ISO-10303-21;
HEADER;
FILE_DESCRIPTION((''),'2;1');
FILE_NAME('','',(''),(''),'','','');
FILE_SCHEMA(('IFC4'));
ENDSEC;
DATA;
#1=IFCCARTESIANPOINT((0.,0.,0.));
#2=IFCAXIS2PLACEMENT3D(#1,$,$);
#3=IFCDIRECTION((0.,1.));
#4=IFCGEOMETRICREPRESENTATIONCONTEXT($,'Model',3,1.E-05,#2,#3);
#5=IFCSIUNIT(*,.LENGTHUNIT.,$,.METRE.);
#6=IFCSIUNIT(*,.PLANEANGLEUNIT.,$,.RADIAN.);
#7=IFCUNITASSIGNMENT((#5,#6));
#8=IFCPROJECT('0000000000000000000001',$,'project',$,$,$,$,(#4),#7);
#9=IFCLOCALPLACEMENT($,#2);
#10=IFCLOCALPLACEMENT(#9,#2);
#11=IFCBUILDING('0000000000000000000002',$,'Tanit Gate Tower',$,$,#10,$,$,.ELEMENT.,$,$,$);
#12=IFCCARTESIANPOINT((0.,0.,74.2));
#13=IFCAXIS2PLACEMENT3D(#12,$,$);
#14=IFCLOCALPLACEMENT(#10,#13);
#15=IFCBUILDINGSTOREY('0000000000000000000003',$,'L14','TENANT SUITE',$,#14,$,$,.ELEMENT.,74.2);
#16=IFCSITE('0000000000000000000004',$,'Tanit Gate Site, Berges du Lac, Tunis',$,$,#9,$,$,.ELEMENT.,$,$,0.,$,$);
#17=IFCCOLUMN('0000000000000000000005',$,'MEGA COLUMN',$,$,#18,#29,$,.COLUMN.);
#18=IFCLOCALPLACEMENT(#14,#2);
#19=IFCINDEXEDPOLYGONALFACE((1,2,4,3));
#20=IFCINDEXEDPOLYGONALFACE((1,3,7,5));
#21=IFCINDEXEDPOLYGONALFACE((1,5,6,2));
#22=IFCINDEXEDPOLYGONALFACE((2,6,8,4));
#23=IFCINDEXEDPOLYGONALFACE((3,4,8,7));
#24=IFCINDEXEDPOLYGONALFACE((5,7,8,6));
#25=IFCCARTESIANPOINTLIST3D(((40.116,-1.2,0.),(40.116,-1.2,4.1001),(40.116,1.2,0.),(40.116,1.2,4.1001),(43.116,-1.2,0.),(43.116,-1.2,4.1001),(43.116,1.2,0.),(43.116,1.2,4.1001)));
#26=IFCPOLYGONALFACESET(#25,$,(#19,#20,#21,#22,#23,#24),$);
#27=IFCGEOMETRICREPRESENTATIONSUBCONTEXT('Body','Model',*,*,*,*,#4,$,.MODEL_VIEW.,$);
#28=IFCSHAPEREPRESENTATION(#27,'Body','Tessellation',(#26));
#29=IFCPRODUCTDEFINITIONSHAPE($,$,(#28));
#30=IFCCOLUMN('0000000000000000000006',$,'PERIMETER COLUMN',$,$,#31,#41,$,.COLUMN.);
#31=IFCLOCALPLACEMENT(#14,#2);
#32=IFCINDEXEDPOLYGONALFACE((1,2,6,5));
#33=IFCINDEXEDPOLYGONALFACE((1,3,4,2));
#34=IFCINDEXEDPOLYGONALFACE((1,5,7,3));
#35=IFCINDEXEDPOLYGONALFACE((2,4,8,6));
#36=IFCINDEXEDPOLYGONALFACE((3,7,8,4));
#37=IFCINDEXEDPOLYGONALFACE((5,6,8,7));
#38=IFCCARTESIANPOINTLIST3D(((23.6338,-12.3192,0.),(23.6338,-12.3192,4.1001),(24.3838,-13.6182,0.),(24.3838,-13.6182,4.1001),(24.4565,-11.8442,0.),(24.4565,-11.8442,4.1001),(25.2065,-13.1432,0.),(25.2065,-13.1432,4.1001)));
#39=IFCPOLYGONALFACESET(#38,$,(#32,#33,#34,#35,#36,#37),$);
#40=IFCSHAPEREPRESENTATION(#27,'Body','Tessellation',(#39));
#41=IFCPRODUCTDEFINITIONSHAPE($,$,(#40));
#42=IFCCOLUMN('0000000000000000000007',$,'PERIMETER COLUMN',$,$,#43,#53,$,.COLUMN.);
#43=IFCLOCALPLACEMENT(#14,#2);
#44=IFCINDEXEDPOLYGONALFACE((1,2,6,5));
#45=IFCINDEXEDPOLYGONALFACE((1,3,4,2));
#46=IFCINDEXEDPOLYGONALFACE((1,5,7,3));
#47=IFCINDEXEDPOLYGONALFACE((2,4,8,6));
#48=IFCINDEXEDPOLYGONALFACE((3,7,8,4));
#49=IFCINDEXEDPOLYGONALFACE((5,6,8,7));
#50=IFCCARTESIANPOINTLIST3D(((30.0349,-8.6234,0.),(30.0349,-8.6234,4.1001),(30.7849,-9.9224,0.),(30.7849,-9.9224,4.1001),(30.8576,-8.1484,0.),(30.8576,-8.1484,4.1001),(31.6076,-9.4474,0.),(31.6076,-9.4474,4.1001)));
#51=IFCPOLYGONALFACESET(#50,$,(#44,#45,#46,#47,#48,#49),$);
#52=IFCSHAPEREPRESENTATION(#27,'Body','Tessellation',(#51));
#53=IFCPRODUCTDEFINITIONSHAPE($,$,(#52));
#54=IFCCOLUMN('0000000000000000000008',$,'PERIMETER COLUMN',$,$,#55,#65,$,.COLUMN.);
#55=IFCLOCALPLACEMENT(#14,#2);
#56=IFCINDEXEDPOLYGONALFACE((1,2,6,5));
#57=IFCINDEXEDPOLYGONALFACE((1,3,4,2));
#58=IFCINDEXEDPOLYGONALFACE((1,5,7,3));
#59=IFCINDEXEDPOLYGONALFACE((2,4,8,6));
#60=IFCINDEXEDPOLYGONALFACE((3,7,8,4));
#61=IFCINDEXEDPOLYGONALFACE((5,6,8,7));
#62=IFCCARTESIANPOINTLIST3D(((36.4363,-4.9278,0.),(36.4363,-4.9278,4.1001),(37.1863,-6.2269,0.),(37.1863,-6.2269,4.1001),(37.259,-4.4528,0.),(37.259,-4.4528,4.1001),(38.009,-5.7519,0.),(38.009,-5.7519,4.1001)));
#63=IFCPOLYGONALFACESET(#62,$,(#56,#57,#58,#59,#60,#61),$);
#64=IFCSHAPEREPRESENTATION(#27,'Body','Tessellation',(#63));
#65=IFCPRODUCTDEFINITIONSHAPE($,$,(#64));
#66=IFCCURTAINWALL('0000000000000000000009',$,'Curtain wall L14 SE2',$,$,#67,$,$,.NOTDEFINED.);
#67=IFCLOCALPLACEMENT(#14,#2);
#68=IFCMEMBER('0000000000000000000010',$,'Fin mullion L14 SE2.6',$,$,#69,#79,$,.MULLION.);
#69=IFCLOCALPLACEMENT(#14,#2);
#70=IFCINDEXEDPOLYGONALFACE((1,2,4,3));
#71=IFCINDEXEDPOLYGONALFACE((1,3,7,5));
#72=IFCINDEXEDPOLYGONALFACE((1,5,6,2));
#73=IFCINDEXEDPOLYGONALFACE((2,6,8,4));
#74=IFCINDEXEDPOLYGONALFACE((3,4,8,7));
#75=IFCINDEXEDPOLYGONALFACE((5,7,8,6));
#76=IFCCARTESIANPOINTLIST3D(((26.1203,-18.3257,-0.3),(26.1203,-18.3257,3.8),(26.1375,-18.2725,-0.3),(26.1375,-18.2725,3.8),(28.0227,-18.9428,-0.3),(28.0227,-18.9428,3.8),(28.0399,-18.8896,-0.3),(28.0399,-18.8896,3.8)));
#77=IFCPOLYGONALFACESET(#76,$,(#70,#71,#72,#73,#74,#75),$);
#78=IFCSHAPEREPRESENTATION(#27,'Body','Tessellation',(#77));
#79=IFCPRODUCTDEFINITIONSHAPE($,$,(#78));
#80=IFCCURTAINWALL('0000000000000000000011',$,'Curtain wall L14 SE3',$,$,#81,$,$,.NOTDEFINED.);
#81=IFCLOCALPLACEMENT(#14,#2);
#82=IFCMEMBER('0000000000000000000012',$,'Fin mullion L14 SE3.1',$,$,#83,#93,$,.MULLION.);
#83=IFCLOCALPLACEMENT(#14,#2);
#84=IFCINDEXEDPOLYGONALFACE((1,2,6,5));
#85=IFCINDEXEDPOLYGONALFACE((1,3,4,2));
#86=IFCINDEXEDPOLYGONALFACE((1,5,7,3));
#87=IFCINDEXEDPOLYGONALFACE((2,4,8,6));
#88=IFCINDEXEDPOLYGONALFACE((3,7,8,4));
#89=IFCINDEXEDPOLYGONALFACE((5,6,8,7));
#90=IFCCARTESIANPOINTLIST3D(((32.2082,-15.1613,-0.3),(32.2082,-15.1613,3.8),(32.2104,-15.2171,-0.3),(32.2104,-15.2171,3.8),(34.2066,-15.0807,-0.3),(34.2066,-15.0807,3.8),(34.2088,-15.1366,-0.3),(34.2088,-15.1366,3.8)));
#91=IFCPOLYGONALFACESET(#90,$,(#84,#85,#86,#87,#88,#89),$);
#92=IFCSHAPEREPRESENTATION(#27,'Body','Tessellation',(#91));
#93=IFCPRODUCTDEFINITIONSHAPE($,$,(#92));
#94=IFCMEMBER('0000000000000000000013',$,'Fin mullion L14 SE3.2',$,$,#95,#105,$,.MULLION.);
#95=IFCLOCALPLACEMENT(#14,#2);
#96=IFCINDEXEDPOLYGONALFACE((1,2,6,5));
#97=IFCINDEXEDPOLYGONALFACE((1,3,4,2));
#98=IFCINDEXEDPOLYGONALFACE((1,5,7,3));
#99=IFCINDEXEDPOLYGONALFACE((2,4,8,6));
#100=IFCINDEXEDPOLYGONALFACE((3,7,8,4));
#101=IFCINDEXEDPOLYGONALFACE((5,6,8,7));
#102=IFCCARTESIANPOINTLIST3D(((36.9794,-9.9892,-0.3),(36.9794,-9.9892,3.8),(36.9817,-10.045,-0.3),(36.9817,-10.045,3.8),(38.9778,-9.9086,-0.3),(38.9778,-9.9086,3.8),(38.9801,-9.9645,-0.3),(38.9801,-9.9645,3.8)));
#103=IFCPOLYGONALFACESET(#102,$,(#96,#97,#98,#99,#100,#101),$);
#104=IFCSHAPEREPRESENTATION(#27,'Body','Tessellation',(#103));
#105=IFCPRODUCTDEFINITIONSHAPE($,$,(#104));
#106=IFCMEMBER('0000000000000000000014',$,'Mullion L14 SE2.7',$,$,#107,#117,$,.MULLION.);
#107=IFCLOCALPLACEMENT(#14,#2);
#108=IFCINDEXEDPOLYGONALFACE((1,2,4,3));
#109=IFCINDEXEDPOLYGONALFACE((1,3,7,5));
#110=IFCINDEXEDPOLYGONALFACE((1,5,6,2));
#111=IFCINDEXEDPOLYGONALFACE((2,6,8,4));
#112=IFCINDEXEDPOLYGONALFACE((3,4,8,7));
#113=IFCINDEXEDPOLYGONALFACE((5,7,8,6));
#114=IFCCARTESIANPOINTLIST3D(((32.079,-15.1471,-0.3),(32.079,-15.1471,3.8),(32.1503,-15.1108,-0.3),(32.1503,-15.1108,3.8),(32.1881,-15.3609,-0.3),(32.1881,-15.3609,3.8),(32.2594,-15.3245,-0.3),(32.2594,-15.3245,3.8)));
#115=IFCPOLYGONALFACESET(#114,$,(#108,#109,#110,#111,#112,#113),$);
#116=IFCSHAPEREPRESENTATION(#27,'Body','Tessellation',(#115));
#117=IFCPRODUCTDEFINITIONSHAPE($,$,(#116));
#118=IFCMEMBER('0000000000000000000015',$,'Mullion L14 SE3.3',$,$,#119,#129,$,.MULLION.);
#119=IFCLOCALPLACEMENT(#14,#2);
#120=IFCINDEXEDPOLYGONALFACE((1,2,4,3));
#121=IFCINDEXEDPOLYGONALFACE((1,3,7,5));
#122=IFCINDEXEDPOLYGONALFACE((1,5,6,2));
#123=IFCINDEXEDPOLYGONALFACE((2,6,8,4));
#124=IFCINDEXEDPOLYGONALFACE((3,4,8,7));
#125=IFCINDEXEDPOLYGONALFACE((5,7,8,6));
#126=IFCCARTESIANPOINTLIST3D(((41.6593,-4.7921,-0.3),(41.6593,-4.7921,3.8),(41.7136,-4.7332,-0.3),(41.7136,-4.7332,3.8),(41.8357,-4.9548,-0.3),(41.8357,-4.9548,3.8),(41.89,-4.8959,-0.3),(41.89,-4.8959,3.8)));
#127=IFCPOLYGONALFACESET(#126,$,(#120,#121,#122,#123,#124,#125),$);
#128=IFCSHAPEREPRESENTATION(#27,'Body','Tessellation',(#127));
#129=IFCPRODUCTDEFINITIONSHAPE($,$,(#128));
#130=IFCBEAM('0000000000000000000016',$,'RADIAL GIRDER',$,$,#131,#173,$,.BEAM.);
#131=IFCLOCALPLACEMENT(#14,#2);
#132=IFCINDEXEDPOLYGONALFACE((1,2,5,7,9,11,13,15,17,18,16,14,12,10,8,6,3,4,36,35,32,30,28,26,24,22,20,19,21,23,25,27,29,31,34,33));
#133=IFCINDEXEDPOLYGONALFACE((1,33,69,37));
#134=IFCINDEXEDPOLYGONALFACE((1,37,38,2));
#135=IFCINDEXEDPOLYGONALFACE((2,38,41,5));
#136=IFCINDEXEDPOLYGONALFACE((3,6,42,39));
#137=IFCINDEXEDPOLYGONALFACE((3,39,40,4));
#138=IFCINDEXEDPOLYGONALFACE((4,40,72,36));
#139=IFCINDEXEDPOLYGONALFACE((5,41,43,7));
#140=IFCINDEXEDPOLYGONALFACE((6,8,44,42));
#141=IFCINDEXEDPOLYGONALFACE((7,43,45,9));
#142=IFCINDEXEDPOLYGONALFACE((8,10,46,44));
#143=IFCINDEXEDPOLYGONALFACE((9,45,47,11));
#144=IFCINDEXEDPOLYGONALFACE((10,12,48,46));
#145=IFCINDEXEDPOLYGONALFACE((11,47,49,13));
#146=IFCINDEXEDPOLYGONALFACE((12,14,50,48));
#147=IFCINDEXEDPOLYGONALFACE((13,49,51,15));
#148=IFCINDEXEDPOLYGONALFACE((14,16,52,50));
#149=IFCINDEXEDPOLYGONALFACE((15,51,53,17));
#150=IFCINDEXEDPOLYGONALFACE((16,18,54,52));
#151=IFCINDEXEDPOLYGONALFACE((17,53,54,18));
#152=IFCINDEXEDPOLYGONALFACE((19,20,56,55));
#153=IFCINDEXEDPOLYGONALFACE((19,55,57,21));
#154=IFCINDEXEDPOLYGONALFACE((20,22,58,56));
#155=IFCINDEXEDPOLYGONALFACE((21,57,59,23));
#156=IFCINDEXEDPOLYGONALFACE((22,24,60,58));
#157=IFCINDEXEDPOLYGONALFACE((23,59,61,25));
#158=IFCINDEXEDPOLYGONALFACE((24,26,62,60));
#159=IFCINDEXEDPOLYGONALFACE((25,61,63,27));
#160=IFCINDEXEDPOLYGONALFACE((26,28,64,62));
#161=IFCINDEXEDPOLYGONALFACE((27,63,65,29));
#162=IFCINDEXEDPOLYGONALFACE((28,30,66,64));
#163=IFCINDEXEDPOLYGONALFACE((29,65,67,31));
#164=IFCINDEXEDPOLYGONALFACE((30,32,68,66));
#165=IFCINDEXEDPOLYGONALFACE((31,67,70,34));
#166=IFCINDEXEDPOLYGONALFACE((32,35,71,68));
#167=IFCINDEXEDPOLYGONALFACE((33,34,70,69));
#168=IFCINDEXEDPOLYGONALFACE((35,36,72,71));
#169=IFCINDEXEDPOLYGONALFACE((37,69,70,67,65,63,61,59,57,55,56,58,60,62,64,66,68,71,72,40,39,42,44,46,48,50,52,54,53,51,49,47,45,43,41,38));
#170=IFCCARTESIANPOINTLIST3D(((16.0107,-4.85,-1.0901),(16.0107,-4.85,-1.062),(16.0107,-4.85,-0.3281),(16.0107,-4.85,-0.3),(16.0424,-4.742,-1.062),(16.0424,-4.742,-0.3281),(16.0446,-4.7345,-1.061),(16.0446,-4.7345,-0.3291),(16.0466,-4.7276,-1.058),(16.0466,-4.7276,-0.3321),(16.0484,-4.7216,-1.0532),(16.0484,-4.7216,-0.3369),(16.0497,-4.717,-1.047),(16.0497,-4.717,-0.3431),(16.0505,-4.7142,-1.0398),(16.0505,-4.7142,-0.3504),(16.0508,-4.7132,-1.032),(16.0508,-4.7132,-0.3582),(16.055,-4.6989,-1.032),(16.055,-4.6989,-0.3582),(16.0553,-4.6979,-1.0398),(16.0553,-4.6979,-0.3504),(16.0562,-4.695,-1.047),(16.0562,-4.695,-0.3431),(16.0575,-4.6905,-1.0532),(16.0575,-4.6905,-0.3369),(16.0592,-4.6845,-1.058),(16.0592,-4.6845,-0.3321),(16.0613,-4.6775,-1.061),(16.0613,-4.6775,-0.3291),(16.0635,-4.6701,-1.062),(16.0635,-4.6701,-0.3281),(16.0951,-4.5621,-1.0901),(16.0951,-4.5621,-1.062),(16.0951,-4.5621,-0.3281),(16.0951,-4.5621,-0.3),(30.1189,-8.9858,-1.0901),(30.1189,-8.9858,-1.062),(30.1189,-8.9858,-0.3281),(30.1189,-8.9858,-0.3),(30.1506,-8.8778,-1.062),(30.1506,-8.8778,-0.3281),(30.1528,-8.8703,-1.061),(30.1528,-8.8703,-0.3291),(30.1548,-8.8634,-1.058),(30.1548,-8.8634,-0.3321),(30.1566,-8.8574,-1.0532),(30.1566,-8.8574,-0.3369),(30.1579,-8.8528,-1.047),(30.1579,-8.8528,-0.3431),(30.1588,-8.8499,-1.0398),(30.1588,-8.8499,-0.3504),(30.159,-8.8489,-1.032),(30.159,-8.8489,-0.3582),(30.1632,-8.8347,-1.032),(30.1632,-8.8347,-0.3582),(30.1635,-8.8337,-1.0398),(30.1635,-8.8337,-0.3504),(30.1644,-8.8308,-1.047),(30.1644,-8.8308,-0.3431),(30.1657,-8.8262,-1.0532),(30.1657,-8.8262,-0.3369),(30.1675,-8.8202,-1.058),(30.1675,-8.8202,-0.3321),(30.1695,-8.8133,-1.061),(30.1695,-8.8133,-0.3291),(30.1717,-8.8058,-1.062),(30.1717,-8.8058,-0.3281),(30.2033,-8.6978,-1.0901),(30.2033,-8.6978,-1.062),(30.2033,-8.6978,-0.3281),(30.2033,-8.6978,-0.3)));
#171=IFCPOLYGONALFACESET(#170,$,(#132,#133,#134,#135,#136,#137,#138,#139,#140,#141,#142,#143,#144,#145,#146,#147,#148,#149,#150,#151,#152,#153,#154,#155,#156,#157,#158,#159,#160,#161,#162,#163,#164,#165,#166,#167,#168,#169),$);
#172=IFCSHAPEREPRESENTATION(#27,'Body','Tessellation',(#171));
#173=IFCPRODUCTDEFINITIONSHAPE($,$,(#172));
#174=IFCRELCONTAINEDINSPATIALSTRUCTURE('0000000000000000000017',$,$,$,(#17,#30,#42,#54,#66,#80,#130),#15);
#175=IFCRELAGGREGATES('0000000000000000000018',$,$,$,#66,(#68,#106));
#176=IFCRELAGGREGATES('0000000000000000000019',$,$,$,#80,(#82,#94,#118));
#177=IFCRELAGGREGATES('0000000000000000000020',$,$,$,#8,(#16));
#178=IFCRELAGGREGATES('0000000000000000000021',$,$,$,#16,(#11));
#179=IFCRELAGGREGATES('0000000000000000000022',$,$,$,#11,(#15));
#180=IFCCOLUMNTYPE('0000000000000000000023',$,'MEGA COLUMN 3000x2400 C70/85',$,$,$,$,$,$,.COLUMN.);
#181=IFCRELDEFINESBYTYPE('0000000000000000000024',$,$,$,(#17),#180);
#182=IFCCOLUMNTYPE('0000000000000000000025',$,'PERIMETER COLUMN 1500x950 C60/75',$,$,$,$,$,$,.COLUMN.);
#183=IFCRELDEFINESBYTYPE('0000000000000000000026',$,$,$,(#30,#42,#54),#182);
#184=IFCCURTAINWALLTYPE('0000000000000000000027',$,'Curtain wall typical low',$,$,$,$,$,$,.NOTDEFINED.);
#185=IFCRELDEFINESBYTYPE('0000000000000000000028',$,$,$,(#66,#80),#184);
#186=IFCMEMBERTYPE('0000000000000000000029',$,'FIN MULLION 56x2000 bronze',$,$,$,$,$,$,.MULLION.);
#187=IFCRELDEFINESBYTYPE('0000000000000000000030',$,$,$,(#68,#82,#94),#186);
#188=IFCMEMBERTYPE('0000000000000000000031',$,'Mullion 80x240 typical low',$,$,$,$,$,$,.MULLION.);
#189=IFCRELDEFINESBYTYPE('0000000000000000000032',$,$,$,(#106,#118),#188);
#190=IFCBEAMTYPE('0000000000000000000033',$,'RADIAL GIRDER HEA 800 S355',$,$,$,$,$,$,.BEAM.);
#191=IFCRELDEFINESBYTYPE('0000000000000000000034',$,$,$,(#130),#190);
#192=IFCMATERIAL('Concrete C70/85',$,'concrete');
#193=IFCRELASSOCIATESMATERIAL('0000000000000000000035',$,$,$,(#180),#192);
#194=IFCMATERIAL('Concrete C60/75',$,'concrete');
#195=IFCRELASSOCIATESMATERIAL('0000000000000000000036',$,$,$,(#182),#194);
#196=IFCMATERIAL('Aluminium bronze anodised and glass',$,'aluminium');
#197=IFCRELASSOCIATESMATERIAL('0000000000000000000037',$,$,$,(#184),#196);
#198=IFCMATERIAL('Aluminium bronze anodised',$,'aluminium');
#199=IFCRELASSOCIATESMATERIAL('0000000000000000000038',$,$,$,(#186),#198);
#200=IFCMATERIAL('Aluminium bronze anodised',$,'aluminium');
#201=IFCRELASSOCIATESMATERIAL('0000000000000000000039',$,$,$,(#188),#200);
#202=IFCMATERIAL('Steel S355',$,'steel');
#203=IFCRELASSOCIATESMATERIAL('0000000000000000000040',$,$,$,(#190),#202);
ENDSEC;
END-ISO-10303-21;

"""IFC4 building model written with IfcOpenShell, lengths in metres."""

from ifc_helpers import new_model, si_unit, direction, frame, origin, origin_2d, place, context, subcontext, project, spatial, rectangle, i_section, extrude, material, material_profile, profile_set, type_object, element, aggregate, save


model = new_model("IFC4")

# Units and contexts
model_context = context("Model", 3, precision=1e-05, world=origin(), true_north=direction((0.0, 1.0)))
body_context = subcontext(model_context, "Body", "Model", "MODEL_VIEW")
ifc_project = project(units=[si_unit("LENGTHUNIT", "METRE"), si_unit("PLANEANGLEUNIT", "RADIAN")], contexts=[model_context])

# Site, building, storey
site_placement = place(None, origin())
site = spatial("IfcSite", under=ifc_project, at=site_placement, Name="Tanit Gate Site, Berges du Lac, Tunis", CompositionType="ELEMENT", RefElevation=0.0)
building_placement = place(site_placement, origin())
building = spatial("IfcBuilding", under=site, at=building_placement, Name="Tanit Gate Tower", CompositionType="ELEMENT")
storey_placement = place(building_placement, frame((0.0, 0.0, 74.2)))
storey = spatial("IfcBuildingStorey", under=building, at=storey_placement, Name="L14", Description="TENANT SUITE", CompositionType="ELEMENT", Elevation=74.2)

# Columns
ifc_material_1 = material(Name="Concrete C70/85", Category="concrete")
ifc_material_profile_1 = material_profile(ifc_material_1, rectangle(XDim=3.0, YDim=2.3999, at=origin_2d()), Name="RC 3000x2400")
ifc_profile_set_1 = profile_set([ifc_material_profile_1], Name="Concrete C70/85")
column_type_1 = type_object("IfcColumnType", Name="MEGA COLUMN 3000x2400 C70/85", PredefinedType="COLUMN", material=ifc_profile_set_1)
column_placement = place(storey_placement, frame((41.616, 0.0, 0.0), z_axis=(0.0, 0.0, 1.0), x_axis=(1.0, 0.0, 0.0)))
element("IfcColumn", 1, at=column_placement, inside=storey, type_object=column_type_1, Name="MEGA COLUMN", PredefinedType="COLUMN", context=body_context, shape_type="SweptSolid", body=[
    extrude(rectangle(XDim=3.0, YDim=2.3999, at=origin_2d()), origin(), (0.0, 0.0, 1.0), 4.1001),
])
ifc_material_2 = material(Name="Concrete C60/75", Category="concrete")
ifc_material_profile_2 = material_profile(ifc_material_2, rectangle(XDim=1.5, YDim=0.95, at=origin_2d()), Name="RC 1500x950")
ifc_profile_set_2 = profile_set([ifc_material_profile_2], Name="Concrete C60/75")
column_type_2 = type_object("IfcColumnType", Name="PERIMETER COLUMN 1500x950 C60/75", PredefinedType="COLUMN", material=ifc_profile_set_2)
for number, where, z_axis, x_axis, name in (
    (2, (24.4202, -12.7312, 0.0), (0.0, 0.0, 1.0), (0.5, -0.866025, 0.0), "PERIMETER COLUMN"),
    (3, (30.8213, -9.0354, 0.0), (0.0, 0.0, 1.0), (0.5, -0.866025, 0.0), "PERIMETER COLUMN"),
    (4, (37.2227, -5.3398, 0.0), (0.0, 0.0, 1.0), (0.5, -0.866025, 0.0), "PERIMETER COLUMN"),
):
    element("IfcColumn", number, at=place(storey_placement, frame(where, z_axis=z_axis, x_axis=x_axis)), inside=storey, type_object=column_type_2, Name=name, PredefinedType="COLUMN", context=body_context, shape_type="SweptSolid", body=[
        extrude(rectangle(XDim=1.5, YDim=0.95, at=origin_2d()), origin(), (0.0, 0.0, 1.0), 4.1001),
    ])

# Curtain wall, member
ifc_material_3 = material(Name="Aluminium bronze anodised and glass", Category="aluminium")
curtain_wall_type = type_object("IfcCurtainWallType", Name="Curtain wall typical low", PredefinedType="NOTDEFINED", material=ifc_material_3)
curtain_wall_1_placement = place(storey_placement, origin())
curtain_wall_1 = element("IfcCurtainWall", 5, at=curtain_wall_1_placement, inside=storey, type_object=curtain_wall_type, Name="Curtain wall L14 SE2", PredefinedType="NOTDEFINED")
ifc_material_4 = material(Name="Aluminium bronze anodised", Category="aluminium")
ifc_material_profile_3 = material_profile(ifc_material_4, rectangle(XDim=2.0, YDim=0.0559, at=origin_2d()), Name="56x2000 bronze fin mullion")
ifc_profile_set_3 = profile_set([ifc_material_profile_3], Name="Aluminium bronze anodised")
member_type_1 = type_object("IfcMemberType", Name="FIN MULLION 56x2000 bronze", PredefinedType="MULLION", material=ifc_profile_set_3)
member_1_placement = place(storey_placement, frame((27.0801, -18.6077, -0.3), z_axis=(0.0, 0.0, 1.0), x_axis=(-0.951202, 0.308568, 0.0)))
member_1 = element("IfcMember", 6, at=member_1_placement, type_object=member_type_1, Name="Fin mullion L14 SE2.6", PredefinedType="MULLION", context=body_context, shape_type="SweptSolid", body=[
    extrude(rectangle(XDim=2.0, YDim=0.0559, at=origin_2d()), origin(), (0.0, 0.0, 1.0), 4.1001),
])

# Curtain wall, members
curtain_wall_2_placement = place(storey_placement, origin())
curtain_wall_2 = element("IfcCurtainWall", 7, at=curtain_wall_2_placement, inside=storey, type_object=curtain_wall_type, Name="Curtain wall L14 SE3", PredefinedType="NOTDEFINED")
member_2_placement = place(storey_placement, frame((33.2085, -15.1489, -0.3), z_axis=(0.0, 0.0, 1.0), x_axis=(-0.999189, -0.040277, 0.0)))
member_2 = element("IfcMember", 8, at=member_2_placement, type_object=member_type_1, Name="Fin mullion L14 SE3.1", PredefinedType="MULLION", context=body_context, shape_type="SweptSolid", body=[
    extrude(rectangle(XDim=2.0, YDim=0.0559, at=origin_2d()), origin(), (0.0, 0.0, 1.0), 4.1001),
])
member_3_placement = place(storey_placement, frame((37.9797, -9.9768, -0.3), z_axis=(0.0, 0.0, 1.0), x_axis=(-0.999189, -0.040277, 0.0)))
member_3 = element("IfcMember", 9, at=member_3_placement, type_object=member_type_1, Name="Fin mullion L14 SE3.2", PredefinedType="MULLION", context=body_context, shape_type="SweptSolid", body=[
    extrude(rectangle(XDim=2.0, YDim=0.0559, at=origin_2d()), origin(), (0.0, 0.0, 1.0), 4.1001),
])

# Members
ifc_material_5 = material(Name="Aluminium bronze anodised", Category="aluminium")
ifc_material_profile_4 = material_profile(ifc_material_5, rectangle(XDim=0.24, YDim=0.0801, at=origin_2d()), Name="80x240 bronze mullion")
ifc_profile_set_4 = profile_set([ifc_material_profile_4], Name="Aluminium bronze anodised")
member_type_2 = type_object("IfcMemberType", Name="Mullion 80x240 typical low", PredefinedType="MULLION", material=ifc_profile_set_4)
member_4_placement = place(storey_placement, frame((32.1692, -15.2358, -0.3), z_axis=(0.0, 0.0, 1.0), x_axis=(-0.454411, 0.890792, 0.0)))
member_4 = element("IfcMember", 10, at=member_4_placement, type_object=member_type_2, Name="Mullion L14 SE2.7", PredefinedType="MULLION", context=body_context, shape_type="SweptSolid", body=[
    extrude(rectangle(XDim=0.24, YDim=0.0801, at=origin_2d()), origin(), (0.0, 0.0, 1.0), 4.1001),
])
member_5_placement = place(storey_placement, frame((41.7747, -4.844, -0.3), z_axis=(0.0, 0.0, 1.0), x_axis=(-0.735013, 0.678053, 0.0)))
member_5 = element("IfcMember", 11, at=member_5_placement, type_object=member_type_2, Name="Mullion L14 SE3.3", PredefinedType="MULLION", context=body_context, shape_type="SweptSolid", body=[
    extrude(rectangle(XDim=0.24, YDim=0.0801, at=origin_2d()), origin(), (0.0, 0.0, 1.0), 4.1001),
])

# Beam
ifc_material_6 = material(Name="Steel S355", Category="steel")
ifc_material_profile_5 = material_profile(ifc_material_6, i_section(OverallWidth=0.3, OverallDepth=0.79, WebThickness=0.0149, FlangeThickness=0.0281, FilletRadius=0.03, at=origin_2d()), Name="HEA 800")
ifc_profile_set_5 = profile_set([ifc_material_profile_5], Name="Steel S355")
beam_type_1 = type_object("IfcBeamType", Name="RADIAL GIRDER HEA 800 S355", PredefinedType="BEAM", material=ifc_profile_set_5)
beam_1_placement = place(storey_placement, frame((30.1611, -8.8418, -0.6951), z_axis=(-0.959618, 0.281308, 0.0), x_axis=(-0.281308, -0.959618, 0.0)))
element("IfcBeam", 12, at=beam_1_placement, inside=storey, type_object=beam_type_1, Name="RADIAL GIRDER", PredefinedType="BEAM", context=body_context, shape_type="SweptSolid", body=[
    extrude(i_section(OverallWidth=0.3, OverallDepth=0.79, WebThickness=0.0149, FlangeThickness=0.0281, FilletRadius=0.03, at=origin_2d()), origin(), (0.0, 0.0, 1.0), 14.7019),
])

aggregate(curtain_wall_1, [member_1, member_4])
aggregate(curtain_wall_2, [member_2, member_3, member_5])

save(model, "model.ifc")
